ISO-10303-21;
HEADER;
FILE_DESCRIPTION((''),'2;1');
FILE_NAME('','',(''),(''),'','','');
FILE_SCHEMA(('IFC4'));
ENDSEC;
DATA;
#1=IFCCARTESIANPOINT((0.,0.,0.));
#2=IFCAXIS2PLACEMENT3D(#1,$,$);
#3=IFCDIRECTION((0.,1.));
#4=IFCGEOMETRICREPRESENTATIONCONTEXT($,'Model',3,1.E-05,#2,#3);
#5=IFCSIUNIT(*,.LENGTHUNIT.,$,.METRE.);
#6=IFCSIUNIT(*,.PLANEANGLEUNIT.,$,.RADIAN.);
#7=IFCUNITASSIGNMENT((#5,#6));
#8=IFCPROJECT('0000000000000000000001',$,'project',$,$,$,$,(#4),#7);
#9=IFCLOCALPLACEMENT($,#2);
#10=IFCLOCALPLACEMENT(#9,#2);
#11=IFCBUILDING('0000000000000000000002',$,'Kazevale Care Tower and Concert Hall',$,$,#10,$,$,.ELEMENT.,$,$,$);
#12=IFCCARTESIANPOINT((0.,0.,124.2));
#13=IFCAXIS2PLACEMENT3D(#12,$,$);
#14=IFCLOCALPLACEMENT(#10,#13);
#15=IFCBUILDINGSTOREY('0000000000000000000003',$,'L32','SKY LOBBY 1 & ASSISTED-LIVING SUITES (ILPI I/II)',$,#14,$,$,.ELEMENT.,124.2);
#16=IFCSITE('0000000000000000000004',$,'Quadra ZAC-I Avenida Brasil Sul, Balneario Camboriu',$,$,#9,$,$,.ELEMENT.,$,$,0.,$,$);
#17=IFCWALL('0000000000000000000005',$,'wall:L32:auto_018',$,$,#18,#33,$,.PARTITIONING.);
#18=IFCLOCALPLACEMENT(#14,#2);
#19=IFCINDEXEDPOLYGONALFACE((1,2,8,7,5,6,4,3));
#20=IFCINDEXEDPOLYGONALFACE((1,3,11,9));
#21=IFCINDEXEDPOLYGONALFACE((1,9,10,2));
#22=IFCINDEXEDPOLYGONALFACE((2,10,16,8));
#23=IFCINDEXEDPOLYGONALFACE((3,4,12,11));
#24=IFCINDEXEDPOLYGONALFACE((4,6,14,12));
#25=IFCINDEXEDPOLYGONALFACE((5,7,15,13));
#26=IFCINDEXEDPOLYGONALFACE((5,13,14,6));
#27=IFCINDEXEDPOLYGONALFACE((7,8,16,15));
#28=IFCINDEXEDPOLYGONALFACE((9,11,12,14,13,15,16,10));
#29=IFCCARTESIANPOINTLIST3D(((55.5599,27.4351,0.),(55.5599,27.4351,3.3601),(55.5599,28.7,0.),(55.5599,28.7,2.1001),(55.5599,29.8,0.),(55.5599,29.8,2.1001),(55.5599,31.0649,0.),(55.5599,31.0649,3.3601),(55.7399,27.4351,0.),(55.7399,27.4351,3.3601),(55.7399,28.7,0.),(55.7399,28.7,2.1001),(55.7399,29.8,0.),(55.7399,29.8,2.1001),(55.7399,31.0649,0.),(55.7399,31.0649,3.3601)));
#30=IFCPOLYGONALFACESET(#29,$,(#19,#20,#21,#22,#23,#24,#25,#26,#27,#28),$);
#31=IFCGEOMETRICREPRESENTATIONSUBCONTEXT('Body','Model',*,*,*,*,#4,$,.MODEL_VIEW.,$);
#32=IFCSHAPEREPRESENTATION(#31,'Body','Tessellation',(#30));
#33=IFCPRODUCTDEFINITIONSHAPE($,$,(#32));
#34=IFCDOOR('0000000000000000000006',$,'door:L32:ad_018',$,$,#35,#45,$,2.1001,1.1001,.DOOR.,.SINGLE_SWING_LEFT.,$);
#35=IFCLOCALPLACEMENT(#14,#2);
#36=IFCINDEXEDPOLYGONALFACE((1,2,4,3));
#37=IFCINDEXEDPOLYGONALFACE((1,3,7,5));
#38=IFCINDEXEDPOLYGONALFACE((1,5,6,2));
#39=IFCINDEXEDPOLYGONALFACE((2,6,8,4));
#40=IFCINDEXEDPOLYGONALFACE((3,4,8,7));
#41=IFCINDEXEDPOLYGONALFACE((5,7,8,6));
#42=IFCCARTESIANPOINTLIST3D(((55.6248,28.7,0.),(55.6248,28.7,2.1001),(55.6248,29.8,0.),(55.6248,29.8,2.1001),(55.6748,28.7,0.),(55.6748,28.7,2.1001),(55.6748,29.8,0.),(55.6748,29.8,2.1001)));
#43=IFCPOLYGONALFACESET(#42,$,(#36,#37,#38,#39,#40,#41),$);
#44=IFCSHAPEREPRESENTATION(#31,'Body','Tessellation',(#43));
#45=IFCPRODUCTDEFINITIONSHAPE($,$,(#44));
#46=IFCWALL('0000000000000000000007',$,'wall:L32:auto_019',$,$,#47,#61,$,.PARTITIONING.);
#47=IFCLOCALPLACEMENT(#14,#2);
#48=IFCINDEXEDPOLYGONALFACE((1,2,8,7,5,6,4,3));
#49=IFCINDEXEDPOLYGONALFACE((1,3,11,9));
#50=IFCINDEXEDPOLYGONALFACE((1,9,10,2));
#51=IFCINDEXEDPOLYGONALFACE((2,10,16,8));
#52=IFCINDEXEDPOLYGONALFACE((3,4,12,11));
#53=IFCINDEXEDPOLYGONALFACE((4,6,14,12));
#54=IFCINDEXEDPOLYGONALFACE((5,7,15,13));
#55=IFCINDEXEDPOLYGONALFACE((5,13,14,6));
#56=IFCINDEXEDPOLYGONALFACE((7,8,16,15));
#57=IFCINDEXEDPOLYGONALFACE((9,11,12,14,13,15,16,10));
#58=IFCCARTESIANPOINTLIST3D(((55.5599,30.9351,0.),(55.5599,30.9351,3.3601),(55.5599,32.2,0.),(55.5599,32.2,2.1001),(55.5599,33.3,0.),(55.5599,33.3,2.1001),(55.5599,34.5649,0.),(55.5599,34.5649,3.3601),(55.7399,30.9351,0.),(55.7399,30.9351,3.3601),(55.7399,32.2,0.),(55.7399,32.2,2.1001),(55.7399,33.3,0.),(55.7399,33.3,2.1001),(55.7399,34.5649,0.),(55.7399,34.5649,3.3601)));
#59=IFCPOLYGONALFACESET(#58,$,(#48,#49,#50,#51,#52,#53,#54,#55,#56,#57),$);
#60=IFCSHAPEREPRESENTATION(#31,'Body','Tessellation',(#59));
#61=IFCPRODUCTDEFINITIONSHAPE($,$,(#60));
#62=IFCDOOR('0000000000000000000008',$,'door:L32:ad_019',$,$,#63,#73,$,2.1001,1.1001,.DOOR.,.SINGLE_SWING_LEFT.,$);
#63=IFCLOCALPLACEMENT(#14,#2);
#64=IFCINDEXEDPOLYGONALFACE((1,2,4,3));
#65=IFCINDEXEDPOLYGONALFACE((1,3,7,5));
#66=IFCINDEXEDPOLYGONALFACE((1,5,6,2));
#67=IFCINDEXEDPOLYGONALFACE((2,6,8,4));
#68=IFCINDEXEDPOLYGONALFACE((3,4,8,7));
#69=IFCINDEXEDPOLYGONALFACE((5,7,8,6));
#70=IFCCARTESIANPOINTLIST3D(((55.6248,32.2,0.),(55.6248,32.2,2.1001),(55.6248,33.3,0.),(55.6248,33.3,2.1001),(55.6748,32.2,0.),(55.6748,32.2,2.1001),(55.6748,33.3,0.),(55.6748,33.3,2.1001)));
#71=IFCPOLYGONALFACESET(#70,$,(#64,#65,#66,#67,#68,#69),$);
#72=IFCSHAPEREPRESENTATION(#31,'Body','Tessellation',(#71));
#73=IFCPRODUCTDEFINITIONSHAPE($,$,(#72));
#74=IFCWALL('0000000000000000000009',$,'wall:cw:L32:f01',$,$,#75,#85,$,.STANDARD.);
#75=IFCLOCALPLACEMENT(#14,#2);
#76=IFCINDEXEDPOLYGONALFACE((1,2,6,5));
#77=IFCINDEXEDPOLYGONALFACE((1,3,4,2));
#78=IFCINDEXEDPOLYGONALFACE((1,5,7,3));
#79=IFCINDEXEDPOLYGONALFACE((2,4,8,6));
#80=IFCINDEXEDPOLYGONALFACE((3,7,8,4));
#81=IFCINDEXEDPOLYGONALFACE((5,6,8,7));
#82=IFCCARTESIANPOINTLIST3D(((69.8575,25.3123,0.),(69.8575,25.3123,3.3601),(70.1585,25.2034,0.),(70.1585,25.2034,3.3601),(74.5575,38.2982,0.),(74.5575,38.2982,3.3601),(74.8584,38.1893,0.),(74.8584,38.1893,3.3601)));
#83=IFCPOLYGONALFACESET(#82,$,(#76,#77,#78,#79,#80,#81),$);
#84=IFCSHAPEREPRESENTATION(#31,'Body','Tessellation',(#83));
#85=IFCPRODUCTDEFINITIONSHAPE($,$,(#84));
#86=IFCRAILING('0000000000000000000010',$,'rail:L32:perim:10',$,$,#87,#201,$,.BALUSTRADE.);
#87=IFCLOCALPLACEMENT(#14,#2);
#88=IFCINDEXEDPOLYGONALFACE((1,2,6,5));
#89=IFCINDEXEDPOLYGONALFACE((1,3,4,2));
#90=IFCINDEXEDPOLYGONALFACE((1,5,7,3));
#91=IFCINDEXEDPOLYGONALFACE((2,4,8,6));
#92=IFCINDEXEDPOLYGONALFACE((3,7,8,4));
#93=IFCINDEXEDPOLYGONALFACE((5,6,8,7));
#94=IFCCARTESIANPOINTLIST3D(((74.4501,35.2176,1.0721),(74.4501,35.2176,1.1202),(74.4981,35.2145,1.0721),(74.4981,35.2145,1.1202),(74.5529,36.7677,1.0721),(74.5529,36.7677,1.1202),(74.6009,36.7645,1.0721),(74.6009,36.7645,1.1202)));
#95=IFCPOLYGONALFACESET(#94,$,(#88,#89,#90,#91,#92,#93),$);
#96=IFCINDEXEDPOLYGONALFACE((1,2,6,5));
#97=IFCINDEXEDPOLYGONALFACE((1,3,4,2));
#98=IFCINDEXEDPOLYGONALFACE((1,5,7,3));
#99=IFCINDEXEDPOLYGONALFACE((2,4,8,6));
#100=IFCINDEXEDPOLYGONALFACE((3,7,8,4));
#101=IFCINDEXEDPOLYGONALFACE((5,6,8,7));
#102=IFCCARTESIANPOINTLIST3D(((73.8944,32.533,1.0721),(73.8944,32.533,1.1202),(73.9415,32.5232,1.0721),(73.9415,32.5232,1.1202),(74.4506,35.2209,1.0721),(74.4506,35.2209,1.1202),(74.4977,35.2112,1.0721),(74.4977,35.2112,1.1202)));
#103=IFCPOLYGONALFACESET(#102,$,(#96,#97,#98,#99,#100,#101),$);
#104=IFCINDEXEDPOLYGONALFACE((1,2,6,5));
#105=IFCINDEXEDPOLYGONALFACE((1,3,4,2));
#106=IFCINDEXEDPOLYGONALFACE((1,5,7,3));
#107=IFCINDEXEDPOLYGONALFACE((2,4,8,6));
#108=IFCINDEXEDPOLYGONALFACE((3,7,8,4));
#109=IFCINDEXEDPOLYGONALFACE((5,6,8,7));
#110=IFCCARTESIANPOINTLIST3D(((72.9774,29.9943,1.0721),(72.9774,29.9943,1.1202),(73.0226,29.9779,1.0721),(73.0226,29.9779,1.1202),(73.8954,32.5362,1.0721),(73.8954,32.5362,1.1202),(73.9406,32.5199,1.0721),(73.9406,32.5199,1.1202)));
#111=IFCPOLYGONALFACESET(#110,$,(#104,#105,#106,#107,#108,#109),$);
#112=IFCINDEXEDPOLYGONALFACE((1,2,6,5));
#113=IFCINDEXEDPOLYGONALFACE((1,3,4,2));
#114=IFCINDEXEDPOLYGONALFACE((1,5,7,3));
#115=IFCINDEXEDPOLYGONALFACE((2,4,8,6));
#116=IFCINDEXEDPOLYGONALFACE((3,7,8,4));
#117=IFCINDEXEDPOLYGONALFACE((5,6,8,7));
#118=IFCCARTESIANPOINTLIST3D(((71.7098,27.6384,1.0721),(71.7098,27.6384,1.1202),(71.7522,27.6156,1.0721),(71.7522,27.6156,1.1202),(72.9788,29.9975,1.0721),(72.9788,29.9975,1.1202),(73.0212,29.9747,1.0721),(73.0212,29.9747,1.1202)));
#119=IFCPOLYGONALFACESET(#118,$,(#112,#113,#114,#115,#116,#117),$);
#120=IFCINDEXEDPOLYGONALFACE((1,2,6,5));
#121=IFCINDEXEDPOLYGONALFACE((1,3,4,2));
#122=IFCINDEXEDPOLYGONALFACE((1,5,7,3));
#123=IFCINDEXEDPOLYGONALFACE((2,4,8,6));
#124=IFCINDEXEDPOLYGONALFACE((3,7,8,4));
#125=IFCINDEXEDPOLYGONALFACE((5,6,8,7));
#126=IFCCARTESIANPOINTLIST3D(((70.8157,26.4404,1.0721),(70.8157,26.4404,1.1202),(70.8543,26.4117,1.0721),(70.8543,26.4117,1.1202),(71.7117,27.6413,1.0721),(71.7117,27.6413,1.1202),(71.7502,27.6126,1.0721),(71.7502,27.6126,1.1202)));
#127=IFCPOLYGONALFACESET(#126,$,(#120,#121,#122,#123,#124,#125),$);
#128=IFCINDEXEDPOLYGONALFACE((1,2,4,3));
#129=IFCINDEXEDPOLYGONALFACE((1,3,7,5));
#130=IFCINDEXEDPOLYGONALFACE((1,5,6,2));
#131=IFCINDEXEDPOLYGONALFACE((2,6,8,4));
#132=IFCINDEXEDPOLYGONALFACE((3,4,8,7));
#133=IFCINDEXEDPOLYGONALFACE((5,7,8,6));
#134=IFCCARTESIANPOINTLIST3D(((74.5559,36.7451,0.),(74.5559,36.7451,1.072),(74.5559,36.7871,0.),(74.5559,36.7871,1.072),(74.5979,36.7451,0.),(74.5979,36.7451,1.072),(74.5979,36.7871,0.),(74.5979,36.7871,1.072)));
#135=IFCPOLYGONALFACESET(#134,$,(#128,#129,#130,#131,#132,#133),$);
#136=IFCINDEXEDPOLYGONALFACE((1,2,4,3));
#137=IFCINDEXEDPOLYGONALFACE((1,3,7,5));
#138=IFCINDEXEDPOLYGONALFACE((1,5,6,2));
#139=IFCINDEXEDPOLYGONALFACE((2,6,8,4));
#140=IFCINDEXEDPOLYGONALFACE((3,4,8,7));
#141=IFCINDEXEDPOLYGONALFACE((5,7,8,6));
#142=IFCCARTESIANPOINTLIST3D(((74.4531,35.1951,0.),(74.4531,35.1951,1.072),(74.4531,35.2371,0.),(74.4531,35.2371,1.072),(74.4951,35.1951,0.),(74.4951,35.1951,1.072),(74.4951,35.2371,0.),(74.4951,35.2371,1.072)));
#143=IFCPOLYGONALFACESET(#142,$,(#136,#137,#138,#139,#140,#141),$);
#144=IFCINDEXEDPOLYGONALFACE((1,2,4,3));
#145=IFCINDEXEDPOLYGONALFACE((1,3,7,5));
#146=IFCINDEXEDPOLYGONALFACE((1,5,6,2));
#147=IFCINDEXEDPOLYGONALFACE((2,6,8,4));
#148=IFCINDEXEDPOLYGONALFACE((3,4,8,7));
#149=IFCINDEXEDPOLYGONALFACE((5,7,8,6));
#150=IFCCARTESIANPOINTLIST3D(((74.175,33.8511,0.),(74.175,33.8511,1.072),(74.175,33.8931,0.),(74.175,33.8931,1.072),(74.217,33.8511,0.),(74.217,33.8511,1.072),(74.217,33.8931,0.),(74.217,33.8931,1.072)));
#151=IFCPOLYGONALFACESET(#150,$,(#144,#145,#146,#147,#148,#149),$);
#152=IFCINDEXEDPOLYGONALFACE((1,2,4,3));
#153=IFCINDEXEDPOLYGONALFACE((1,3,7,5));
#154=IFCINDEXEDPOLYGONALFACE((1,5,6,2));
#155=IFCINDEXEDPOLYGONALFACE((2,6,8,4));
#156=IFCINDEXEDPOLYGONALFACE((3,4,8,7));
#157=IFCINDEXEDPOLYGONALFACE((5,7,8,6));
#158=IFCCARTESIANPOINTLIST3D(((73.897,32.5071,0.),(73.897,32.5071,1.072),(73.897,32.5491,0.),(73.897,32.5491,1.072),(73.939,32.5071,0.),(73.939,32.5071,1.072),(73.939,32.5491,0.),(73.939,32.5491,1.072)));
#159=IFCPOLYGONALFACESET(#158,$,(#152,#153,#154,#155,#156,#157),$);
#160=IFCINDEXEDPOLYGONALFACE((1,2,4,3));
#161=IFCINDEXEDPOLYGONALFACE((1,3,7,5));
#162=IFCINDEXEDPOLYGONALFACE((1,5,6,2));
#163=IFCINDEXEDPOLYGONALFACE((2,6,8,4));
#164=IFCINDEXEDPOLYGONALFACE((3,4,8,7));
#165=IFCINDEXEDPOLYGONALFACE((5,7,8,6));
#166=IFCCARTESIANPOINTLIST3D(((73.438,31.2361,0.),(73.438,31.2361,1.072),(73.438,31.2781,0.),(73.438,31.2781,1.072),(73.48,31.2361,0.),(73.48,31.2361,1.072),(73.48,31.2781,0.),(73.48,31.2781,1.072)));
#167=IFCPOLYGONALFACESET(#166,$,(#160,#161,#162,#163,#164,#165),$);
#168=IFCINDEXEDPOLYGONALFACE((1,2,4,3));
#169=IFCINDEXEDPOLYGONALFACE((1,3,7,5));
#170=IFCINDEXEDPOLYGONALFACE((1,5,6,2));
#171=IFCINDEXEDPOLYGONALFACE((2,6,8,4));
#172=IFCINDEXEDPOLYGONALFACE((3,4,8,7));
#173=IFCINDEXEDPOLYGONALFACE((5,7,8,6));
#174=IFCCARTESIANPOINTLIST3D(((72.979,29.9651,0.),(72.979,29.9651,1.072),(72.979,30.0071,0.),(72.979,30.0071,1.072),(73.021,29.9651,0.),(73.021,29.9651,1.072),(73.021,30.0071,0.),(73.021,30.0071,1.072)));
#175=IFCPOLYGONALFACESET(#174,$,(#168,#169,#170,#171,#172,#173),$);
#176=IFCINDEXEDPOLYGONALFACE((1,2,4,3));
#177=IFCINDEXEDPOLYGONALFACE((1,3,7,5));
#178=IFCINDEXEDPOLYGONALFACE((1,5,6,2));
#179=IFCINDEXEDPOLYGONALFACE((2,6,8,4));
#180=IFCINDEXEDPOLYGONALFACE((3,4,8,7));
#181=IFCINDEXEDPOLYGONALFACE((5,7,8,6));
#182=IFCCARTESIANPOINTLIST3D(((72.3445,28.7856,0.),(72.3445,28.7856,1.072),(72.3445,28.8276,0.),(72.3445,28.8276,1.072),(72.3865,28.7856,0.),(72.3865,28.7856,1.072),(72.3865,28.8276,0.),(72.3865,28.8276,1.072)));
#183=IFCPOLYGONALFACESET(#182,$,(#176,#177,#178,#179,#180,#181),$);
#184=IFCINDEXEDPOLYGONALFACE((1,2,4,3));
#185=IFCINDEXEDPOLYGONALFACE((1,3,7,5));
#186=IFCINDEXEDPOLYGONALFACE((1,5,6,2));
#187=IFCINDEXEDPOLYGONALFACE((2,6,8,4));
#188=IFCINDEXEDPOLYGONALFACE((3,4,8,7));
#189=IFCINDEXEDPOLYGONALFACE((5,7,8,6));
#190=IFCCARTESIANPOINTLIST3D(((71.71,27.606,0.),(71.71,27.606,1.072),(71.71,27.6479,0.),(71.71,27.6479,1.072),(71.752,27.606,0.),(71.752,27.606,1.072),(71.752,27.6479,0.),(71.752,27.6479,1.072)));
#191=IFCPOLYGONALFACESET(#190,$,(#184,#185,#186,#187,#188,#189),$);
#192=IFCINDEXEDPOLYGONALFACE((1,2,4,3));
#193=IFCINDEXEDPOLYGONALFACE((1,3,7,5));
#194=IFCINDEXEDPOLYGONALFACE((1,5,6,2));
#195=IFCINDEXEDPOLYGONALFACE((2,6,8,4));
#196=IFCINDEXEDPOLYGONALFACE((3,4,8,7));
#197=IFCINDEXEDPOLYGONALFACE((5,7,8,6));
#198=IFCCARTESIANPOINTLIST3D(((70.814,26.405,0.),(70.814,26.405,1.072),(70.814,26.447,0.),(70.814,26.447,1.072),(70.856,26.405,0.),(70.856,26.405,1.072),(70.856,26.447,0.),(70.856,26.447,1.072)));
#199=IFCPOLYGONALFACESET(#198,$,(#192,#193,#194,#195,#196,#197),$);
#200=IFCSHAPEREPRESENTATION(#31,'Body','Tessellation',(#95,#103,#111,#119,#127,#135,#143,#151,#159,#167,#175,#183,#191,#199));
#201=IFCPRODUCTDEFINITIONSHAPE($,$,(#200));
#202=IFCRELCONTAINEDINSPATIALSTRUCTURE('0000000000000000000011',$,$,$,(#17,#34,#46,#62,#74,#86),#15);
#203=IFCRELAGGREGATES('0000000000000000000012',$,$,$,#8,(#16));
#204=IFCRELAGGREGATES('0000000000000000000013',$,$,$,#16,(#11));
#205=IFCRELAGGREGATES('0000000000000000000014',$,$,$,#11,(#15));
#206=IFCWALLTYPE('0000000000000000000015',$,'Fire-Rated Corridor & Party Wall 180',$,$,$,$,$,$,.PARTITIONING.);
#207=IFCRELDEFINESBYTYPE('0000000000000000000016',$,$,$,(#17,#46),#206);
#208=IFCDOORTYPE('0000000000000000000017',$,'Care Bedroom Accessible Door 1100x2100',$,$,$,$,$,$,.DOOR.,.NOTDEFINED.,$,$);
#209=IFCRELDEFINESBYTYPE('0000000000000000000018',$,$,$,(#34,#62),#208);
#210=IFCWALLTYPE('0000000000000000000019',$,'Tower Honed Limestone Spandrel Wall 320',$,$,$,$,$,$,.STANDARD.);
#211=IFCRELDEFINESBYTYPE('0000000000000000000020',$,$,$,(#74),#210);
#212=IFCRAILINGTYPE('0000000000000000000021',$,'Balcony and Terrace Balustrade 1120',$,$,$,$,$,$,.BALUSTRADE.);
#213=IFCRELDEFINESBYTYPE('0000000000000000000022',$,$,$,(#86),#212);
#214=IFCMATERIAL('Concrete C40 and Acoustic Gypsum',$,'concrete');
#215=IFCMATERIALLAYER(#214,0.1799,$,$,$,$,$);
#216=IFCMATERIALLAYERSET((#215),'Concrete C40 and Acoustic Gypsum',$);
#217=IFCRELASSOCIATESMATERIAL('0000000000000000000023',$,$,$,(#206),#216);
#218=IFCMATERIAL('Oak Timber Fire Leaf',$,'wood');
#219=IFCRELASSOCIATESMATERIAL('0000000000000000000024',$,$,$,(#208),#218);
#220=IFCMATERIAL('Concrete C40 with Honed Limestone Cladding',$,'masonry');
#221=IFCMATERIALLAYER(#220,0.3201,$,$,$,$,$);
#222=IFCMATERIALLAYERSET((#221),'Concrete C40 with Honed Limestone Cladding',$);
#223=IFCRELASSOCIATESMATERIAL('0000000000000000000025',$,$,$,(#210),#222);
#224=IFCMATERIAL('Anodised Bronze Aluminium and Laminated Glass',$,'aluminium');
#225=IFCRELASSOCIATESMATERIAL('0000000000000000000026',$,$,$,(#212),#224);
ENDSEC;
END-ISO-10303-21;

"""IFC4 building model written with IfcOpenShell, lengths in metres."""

from ifc_helpers import new_model, si_unit, direction, frame, frame_2d, origin, origin_2d, place, context, subcontext, project, spatial, rectangle, extrude, material, layer, layer_set, type_object, element, fill, save


model = new_model("IFC4")

# Units and contexts
model_context = context("Model", 3, precision=1e-05, world=origin(), true_north=direction((0.0, 1.0)))
body_context = subcontext(model_context, "Body", "Model", "MODEL_VIEW")
ifc_project = project(units=[si_unit("LENGTHUNIT", "METRE"), si_unit("PLANEANGLEUNIT", "RADIAN")], contexts=[model_context])

# Site, building, storey
site_placement = place(None, origin())
site = spatial("IfcSite", under=ifc_project, at=site_placement, Name="Quadra ZAC-I Avenida Brasil Sul, Balneario Camboriu", CompositionType="ELEMENT", RefElevation=0.0)
building_placement = place(site_placement, origin())
building = spatial("IfcBuilding", under=site, at=building_placement, Name="Kazevale Care Tower and Concert Hall", CompositionType="ELEMENT")
storey_placement = place(building_placement, frame((0.0, 0.0, 124.2)))
storey = spatial("IfcBuildingStorey", under=building, at=storey_placement, Name="L32", Description="SKY LOBBY 1 & ASSISTED-LIVING SUITES (ILPI I/II)", CompositionType="ELEMENT", Elevation=124.2)

# Walls, openings, doors
ifc_material_1 = material(Name="Concrete C40 and Acoustic Gypsum", Category="concrete")
ifc_layer_1 = layer(ifc_material_1, 0.1799)
ifc_layer_set_1 = layer_set([ifc_layer_1], Name="Concrete C40 and Acoustic Gypsum")
wall_type_1 = type_object("IfcWallType", Name="Fire-Rated Corridor & Party Wall 180", PredefinedType="PARTITIONING", material=ifc_layer_set_1)
ifc_material_2 = material(Name="Oak Timber Fire Leaf", Category="wood")
door_type = type_object("IfcDoorType", Name="Care Bedroom Accessible Door 1100x2100", OperationType="NOTDEFINED", PredefinedType="DOOR", material=ifc_material_2)
wall_1_placement = place(storey_placement, frame((55.6499, 31.0649, 0.0), z_axis=(0.0, 0.0, 1.0), x_axis=(0.0, -1.0, 0.0)))
wall_1 = element("IfcWall", 1, at=wall_1_placement, inside=storey, type_object=wall_type_1, Name="wall:L32:auto_018", PredefinedType="PARTITIONING", context=body_context, shape_type="SweptSolid", body=[
    extrude(rectangle(XDim=3.6299, YDim=0.1799, at=frame_2d((1.8149, 0.0))), origin(), (0.0, 0.0, 1.0), 3.3601),
])
opening_1_placement = place(wall_1_placement, frame((1.2649, 0.0, 0.0)))
opening_1 = element("IfcOpeningElement", 2, at=opening_1_placement, cuts=wall_1, PredefinedType="OPENING", context=body_context, shape_type="SweptSolid", body=[
    extrude(rectangle(XDim=1.1001, YDim=2.1001, at=frame_2d((0.55, 1.05))), frame((0.0, 0.0999, 0.0), z_axis=(0.0, -1.0, 0.0), x_axis=(1.0, 0.0, 0.0)), (0.0, 0.0, 1.0), 0.2),
])
door_1_placement = place(opening_1_placement, origin())
door_1 = element("IfcDoor", 3, at=door_1_placement, inside=storey, type_object=door_type, Name="door:L32:ad_018", OperationType="SINGLE_SWING_LEFT", OverallHeight=2.1001, OverallWidth=1.1001, PredefinedType="DOOR", context=body_context, shape_type="SweptSolid", body=[
    extrude(rectangle(XDim=1.1001, YDim=2.1001, at=frame_2d((0.55, 1.05))), frame((0.0, 0.0249, 0.0), z_axis=(0.0, -1.0, 0.0), x_axis=(1.0, 0.0, 0.0)), (0.0, 0.0, 1.0), 0.05),
])
fill(opening_1, door_1)
wall_2_placement = place(storey_placement, frame((55.6499, 34.5649, 0.0), z_axis=(0.0, 0.0, 1.0), x_axis=(0.0, -1.0, 0.0)))
wall_2 = element("IfcWall", 4, at=wall_2_placement, inside=storey, type_object=wall_type_1, Name="wall:L32:auto_019", PredefinedType="PARTITIONING", context=body_context, shape_type="SweptSolid", body=[
    extrude(rectangle(XDim=3.6299, YDim=0.1799, at=frame_2d((1.8149, 0.0))), origin(), (0.0, 0.0, 1.0), 3.3601),
])
opening_2_placement = place(wall_2_placement, frame((1.2649, 0.0, 0.0)))
opening_2 = element("IfcOpeningElement", 5, at=opening_2_placement, cuts=wall_2, PredefinedType="OPENING", context=body_context, shape_type="SweptSolid", body=[
    extrude(rectangle(XDim=1.1001, YDim=2.1001, at=frame_2d((0.55, 1.05))), frame((0.0, 0.0999, 0.0), z_axis=(0.0, -1.0, 0.0), x_axis=(1.0, 0.0, 0.0)), (0.0, 0.0, 1.0), 0.2),
])
door_2_placement = place(opening_2_placement, origin())
door_2 = element("IfcDoor", 6, at=door_2_placement, inside=storey, type_object=door_type, Name="door:L32:ad_019", OperationType="SINGLE_SWING_LEFT", OverallHeight=2.1001, OverallWidth=1.1001, PredefinedType="DOOR", context=body_context, shape_type="SweptSolid", body=[
    extrude(rectangle(XDim=1.1001, YDim=2.1001, at=frame_2d((0.55, 1.05))), frame((0.0, 0.0249, 0.0), z_axis=(0.0, -1.0, 0.0), x_axis=(1.0, 0.0, 0.0)), (0.0, 0.0, 1.0), 0.05),
])
fill(opening_2, door_2)

# Wall
ifc_material_3 = material(Name="Concrete C40 with Honed Limestone Cladding", Category="masonry")
ifc_layer_2 = layer(ifc_material_3, 0.3201)
ifc_layer_set_2 = layer_set([ifc_layer_2], Name="Concrete C40 with Honed Limestone Cladding")
wall_type_2 = type_object("IfcWallType", Name="Tower Honed Limestone Spandrel Wall 320", PredefinedType="STANDARD", material=ifc_layer_set_2)
wall_3_placement = place(storey_placement, frame((74.708, 38.2439, 0.0), z_axis=(0.0, 0.0, 1.0), x_axis=(-0.340325, -0.940308, 0.0)))
element("IfcWall", 7, at=wall_3_placement, inside=storey, type_object=wall_type_2, Name="wall:cw:L32:f01", PredefinedType="STANDARD", context=body_context, shape_type="SweptSolid", body=[
    extrude(rectangle(XDim=13.8103, YDim=0.3201, at=frame_2d((6.9053, 0.0))), origin(), (0.0, 0.0, 1.0), 3.3601),
])

# Railing
ifc_material_4 = material(Name="Anodised Bronze Aluminium and Laminated Glass", Category="aluminium")
railing_type = type_object("IfcRailingType", Name="Balcony and Terrace Balustrade 1120", PredefinedType="BALUSTRADE", material=ifc_material_4)
railing_placement = place(storey_placement, frame((74.5769, 36.7661, 0.0)))
element("IfcRailing", 8, at=railing_placement, inside=storey, type_object=railing_type, Name="rail:L32:perim:10", PredefinedType="BALUSTRADE", context=body_context, shape_type="SweptSolid", body=[
    extrude(rectangle(XDim=0.0481, YDim=0.0481, at=origin_2d()), frame((0.0, 0.0, 1.0962), z_axis=(-0.066164, -0.997809, 0.0), x_axis=(0.997809, -0.066164, 0.0)), (0.0, 0.0, 1.0), 1.5535),
    extrude(rectangle(XDim=0.0481, YDim=0.0481, at=origin_2d()), frame((-0.1028, -1.55, 1.0962), z_axis=(-0.202611, -0.979259, 0.0), x_axis=(0.979259, -0.202611, 0.0)), (0.0, 0.0, 1.0), 2.7449),
    extrude(rectangle(XDim=0.0481, YDim=0.0481, at=origin_2d()), frame((-0.6589, -4.238, 1.0962), z_axis=(-0.339653, -0.940551, 0.0), x_axis=(0.940551, -0.339653, 0.0)), (0.0, 0.0, 1.0), 2.7026),
    extrude(rectangle(XDim=0.0481, YDim=0.0481, at=origin_2d()), frame((-1.5769, -6.78, 1.0962), z_axis=(-0.473736, -0.880667, 0.0), x_axis=(0.880667, -0.473736, 0.0)), (0.0, 0.0, 1.0), 2.6787),
    extrude(rectangle(XDim=0.0481, YDim=0.0481, at=origin_2d()), frame((-2.8459, -9.1392, 1.0962), z_axis=(-0.597991, -0.801503, 0.0), x_axis=(0.801503, -0.597991, 0.0)), (0.0, 0.0, 1.0), 1.4983),
    extrude(rectangle(XDim=0.042, YDim=0.042, at=origin_2d()), origin(), (0.0, 0.0, 1.0), 1.072),
    extrude(rectangle(XDim=0.042, YDim=0.042, at=origin_2d()), frame((-0.1028, -1.55, 0.0)), (0.0, 0.0, 1.0), 1.072),
    extrude(rectangle(XDim=0.042, YDim=0.042, at=origin_2d()), frame((-0.3809, -2.894, 0.0)), (0.0, 0.0, 1.0), 1.072),
    extrude(rectangle(XDim=0.042, YDim=0.042, at=origin_2d()), frame((-0.6589, -4.238, 0.0)), (0.0, 0.0, 1.0), 1.072),
    extrude(rectangle(XDim=0.042, YDim=0.042, at=origin_2d()), frame((-1.1179, -5.509, 0.0)), (0.0, 0.0, 1.0), 1.072),
    extrude(rectangle(XDim=0.042, YDim=0.042, at=origin_2d()), frame((-1.5769, -6.78, 0.0)), (0.0, 0.0, 1.0), 1.072),
    extrude(rectangle(XDim=0.042, YDim=0.042, at=origin_2d()), frame((-2.2114, -7.9595, 0.0)), (0.0, 0.0, 1.0), 1.072),
    extrude(rectangle(XDim=0.042, YDim=0.042, at=origin_2d()), frame((-2.8459, -9.1392, 0.0)), (0.0, 0.0, 1.0), 1.072),
    extrude(rectangle(XDim=0.042, YDim=0.042, at=origin_2d()), frame((-3.7419, -10.3401, 0.0)), (0.0, 0.0, 1.0), 1.072),
])

save(model, "model.ifc")
